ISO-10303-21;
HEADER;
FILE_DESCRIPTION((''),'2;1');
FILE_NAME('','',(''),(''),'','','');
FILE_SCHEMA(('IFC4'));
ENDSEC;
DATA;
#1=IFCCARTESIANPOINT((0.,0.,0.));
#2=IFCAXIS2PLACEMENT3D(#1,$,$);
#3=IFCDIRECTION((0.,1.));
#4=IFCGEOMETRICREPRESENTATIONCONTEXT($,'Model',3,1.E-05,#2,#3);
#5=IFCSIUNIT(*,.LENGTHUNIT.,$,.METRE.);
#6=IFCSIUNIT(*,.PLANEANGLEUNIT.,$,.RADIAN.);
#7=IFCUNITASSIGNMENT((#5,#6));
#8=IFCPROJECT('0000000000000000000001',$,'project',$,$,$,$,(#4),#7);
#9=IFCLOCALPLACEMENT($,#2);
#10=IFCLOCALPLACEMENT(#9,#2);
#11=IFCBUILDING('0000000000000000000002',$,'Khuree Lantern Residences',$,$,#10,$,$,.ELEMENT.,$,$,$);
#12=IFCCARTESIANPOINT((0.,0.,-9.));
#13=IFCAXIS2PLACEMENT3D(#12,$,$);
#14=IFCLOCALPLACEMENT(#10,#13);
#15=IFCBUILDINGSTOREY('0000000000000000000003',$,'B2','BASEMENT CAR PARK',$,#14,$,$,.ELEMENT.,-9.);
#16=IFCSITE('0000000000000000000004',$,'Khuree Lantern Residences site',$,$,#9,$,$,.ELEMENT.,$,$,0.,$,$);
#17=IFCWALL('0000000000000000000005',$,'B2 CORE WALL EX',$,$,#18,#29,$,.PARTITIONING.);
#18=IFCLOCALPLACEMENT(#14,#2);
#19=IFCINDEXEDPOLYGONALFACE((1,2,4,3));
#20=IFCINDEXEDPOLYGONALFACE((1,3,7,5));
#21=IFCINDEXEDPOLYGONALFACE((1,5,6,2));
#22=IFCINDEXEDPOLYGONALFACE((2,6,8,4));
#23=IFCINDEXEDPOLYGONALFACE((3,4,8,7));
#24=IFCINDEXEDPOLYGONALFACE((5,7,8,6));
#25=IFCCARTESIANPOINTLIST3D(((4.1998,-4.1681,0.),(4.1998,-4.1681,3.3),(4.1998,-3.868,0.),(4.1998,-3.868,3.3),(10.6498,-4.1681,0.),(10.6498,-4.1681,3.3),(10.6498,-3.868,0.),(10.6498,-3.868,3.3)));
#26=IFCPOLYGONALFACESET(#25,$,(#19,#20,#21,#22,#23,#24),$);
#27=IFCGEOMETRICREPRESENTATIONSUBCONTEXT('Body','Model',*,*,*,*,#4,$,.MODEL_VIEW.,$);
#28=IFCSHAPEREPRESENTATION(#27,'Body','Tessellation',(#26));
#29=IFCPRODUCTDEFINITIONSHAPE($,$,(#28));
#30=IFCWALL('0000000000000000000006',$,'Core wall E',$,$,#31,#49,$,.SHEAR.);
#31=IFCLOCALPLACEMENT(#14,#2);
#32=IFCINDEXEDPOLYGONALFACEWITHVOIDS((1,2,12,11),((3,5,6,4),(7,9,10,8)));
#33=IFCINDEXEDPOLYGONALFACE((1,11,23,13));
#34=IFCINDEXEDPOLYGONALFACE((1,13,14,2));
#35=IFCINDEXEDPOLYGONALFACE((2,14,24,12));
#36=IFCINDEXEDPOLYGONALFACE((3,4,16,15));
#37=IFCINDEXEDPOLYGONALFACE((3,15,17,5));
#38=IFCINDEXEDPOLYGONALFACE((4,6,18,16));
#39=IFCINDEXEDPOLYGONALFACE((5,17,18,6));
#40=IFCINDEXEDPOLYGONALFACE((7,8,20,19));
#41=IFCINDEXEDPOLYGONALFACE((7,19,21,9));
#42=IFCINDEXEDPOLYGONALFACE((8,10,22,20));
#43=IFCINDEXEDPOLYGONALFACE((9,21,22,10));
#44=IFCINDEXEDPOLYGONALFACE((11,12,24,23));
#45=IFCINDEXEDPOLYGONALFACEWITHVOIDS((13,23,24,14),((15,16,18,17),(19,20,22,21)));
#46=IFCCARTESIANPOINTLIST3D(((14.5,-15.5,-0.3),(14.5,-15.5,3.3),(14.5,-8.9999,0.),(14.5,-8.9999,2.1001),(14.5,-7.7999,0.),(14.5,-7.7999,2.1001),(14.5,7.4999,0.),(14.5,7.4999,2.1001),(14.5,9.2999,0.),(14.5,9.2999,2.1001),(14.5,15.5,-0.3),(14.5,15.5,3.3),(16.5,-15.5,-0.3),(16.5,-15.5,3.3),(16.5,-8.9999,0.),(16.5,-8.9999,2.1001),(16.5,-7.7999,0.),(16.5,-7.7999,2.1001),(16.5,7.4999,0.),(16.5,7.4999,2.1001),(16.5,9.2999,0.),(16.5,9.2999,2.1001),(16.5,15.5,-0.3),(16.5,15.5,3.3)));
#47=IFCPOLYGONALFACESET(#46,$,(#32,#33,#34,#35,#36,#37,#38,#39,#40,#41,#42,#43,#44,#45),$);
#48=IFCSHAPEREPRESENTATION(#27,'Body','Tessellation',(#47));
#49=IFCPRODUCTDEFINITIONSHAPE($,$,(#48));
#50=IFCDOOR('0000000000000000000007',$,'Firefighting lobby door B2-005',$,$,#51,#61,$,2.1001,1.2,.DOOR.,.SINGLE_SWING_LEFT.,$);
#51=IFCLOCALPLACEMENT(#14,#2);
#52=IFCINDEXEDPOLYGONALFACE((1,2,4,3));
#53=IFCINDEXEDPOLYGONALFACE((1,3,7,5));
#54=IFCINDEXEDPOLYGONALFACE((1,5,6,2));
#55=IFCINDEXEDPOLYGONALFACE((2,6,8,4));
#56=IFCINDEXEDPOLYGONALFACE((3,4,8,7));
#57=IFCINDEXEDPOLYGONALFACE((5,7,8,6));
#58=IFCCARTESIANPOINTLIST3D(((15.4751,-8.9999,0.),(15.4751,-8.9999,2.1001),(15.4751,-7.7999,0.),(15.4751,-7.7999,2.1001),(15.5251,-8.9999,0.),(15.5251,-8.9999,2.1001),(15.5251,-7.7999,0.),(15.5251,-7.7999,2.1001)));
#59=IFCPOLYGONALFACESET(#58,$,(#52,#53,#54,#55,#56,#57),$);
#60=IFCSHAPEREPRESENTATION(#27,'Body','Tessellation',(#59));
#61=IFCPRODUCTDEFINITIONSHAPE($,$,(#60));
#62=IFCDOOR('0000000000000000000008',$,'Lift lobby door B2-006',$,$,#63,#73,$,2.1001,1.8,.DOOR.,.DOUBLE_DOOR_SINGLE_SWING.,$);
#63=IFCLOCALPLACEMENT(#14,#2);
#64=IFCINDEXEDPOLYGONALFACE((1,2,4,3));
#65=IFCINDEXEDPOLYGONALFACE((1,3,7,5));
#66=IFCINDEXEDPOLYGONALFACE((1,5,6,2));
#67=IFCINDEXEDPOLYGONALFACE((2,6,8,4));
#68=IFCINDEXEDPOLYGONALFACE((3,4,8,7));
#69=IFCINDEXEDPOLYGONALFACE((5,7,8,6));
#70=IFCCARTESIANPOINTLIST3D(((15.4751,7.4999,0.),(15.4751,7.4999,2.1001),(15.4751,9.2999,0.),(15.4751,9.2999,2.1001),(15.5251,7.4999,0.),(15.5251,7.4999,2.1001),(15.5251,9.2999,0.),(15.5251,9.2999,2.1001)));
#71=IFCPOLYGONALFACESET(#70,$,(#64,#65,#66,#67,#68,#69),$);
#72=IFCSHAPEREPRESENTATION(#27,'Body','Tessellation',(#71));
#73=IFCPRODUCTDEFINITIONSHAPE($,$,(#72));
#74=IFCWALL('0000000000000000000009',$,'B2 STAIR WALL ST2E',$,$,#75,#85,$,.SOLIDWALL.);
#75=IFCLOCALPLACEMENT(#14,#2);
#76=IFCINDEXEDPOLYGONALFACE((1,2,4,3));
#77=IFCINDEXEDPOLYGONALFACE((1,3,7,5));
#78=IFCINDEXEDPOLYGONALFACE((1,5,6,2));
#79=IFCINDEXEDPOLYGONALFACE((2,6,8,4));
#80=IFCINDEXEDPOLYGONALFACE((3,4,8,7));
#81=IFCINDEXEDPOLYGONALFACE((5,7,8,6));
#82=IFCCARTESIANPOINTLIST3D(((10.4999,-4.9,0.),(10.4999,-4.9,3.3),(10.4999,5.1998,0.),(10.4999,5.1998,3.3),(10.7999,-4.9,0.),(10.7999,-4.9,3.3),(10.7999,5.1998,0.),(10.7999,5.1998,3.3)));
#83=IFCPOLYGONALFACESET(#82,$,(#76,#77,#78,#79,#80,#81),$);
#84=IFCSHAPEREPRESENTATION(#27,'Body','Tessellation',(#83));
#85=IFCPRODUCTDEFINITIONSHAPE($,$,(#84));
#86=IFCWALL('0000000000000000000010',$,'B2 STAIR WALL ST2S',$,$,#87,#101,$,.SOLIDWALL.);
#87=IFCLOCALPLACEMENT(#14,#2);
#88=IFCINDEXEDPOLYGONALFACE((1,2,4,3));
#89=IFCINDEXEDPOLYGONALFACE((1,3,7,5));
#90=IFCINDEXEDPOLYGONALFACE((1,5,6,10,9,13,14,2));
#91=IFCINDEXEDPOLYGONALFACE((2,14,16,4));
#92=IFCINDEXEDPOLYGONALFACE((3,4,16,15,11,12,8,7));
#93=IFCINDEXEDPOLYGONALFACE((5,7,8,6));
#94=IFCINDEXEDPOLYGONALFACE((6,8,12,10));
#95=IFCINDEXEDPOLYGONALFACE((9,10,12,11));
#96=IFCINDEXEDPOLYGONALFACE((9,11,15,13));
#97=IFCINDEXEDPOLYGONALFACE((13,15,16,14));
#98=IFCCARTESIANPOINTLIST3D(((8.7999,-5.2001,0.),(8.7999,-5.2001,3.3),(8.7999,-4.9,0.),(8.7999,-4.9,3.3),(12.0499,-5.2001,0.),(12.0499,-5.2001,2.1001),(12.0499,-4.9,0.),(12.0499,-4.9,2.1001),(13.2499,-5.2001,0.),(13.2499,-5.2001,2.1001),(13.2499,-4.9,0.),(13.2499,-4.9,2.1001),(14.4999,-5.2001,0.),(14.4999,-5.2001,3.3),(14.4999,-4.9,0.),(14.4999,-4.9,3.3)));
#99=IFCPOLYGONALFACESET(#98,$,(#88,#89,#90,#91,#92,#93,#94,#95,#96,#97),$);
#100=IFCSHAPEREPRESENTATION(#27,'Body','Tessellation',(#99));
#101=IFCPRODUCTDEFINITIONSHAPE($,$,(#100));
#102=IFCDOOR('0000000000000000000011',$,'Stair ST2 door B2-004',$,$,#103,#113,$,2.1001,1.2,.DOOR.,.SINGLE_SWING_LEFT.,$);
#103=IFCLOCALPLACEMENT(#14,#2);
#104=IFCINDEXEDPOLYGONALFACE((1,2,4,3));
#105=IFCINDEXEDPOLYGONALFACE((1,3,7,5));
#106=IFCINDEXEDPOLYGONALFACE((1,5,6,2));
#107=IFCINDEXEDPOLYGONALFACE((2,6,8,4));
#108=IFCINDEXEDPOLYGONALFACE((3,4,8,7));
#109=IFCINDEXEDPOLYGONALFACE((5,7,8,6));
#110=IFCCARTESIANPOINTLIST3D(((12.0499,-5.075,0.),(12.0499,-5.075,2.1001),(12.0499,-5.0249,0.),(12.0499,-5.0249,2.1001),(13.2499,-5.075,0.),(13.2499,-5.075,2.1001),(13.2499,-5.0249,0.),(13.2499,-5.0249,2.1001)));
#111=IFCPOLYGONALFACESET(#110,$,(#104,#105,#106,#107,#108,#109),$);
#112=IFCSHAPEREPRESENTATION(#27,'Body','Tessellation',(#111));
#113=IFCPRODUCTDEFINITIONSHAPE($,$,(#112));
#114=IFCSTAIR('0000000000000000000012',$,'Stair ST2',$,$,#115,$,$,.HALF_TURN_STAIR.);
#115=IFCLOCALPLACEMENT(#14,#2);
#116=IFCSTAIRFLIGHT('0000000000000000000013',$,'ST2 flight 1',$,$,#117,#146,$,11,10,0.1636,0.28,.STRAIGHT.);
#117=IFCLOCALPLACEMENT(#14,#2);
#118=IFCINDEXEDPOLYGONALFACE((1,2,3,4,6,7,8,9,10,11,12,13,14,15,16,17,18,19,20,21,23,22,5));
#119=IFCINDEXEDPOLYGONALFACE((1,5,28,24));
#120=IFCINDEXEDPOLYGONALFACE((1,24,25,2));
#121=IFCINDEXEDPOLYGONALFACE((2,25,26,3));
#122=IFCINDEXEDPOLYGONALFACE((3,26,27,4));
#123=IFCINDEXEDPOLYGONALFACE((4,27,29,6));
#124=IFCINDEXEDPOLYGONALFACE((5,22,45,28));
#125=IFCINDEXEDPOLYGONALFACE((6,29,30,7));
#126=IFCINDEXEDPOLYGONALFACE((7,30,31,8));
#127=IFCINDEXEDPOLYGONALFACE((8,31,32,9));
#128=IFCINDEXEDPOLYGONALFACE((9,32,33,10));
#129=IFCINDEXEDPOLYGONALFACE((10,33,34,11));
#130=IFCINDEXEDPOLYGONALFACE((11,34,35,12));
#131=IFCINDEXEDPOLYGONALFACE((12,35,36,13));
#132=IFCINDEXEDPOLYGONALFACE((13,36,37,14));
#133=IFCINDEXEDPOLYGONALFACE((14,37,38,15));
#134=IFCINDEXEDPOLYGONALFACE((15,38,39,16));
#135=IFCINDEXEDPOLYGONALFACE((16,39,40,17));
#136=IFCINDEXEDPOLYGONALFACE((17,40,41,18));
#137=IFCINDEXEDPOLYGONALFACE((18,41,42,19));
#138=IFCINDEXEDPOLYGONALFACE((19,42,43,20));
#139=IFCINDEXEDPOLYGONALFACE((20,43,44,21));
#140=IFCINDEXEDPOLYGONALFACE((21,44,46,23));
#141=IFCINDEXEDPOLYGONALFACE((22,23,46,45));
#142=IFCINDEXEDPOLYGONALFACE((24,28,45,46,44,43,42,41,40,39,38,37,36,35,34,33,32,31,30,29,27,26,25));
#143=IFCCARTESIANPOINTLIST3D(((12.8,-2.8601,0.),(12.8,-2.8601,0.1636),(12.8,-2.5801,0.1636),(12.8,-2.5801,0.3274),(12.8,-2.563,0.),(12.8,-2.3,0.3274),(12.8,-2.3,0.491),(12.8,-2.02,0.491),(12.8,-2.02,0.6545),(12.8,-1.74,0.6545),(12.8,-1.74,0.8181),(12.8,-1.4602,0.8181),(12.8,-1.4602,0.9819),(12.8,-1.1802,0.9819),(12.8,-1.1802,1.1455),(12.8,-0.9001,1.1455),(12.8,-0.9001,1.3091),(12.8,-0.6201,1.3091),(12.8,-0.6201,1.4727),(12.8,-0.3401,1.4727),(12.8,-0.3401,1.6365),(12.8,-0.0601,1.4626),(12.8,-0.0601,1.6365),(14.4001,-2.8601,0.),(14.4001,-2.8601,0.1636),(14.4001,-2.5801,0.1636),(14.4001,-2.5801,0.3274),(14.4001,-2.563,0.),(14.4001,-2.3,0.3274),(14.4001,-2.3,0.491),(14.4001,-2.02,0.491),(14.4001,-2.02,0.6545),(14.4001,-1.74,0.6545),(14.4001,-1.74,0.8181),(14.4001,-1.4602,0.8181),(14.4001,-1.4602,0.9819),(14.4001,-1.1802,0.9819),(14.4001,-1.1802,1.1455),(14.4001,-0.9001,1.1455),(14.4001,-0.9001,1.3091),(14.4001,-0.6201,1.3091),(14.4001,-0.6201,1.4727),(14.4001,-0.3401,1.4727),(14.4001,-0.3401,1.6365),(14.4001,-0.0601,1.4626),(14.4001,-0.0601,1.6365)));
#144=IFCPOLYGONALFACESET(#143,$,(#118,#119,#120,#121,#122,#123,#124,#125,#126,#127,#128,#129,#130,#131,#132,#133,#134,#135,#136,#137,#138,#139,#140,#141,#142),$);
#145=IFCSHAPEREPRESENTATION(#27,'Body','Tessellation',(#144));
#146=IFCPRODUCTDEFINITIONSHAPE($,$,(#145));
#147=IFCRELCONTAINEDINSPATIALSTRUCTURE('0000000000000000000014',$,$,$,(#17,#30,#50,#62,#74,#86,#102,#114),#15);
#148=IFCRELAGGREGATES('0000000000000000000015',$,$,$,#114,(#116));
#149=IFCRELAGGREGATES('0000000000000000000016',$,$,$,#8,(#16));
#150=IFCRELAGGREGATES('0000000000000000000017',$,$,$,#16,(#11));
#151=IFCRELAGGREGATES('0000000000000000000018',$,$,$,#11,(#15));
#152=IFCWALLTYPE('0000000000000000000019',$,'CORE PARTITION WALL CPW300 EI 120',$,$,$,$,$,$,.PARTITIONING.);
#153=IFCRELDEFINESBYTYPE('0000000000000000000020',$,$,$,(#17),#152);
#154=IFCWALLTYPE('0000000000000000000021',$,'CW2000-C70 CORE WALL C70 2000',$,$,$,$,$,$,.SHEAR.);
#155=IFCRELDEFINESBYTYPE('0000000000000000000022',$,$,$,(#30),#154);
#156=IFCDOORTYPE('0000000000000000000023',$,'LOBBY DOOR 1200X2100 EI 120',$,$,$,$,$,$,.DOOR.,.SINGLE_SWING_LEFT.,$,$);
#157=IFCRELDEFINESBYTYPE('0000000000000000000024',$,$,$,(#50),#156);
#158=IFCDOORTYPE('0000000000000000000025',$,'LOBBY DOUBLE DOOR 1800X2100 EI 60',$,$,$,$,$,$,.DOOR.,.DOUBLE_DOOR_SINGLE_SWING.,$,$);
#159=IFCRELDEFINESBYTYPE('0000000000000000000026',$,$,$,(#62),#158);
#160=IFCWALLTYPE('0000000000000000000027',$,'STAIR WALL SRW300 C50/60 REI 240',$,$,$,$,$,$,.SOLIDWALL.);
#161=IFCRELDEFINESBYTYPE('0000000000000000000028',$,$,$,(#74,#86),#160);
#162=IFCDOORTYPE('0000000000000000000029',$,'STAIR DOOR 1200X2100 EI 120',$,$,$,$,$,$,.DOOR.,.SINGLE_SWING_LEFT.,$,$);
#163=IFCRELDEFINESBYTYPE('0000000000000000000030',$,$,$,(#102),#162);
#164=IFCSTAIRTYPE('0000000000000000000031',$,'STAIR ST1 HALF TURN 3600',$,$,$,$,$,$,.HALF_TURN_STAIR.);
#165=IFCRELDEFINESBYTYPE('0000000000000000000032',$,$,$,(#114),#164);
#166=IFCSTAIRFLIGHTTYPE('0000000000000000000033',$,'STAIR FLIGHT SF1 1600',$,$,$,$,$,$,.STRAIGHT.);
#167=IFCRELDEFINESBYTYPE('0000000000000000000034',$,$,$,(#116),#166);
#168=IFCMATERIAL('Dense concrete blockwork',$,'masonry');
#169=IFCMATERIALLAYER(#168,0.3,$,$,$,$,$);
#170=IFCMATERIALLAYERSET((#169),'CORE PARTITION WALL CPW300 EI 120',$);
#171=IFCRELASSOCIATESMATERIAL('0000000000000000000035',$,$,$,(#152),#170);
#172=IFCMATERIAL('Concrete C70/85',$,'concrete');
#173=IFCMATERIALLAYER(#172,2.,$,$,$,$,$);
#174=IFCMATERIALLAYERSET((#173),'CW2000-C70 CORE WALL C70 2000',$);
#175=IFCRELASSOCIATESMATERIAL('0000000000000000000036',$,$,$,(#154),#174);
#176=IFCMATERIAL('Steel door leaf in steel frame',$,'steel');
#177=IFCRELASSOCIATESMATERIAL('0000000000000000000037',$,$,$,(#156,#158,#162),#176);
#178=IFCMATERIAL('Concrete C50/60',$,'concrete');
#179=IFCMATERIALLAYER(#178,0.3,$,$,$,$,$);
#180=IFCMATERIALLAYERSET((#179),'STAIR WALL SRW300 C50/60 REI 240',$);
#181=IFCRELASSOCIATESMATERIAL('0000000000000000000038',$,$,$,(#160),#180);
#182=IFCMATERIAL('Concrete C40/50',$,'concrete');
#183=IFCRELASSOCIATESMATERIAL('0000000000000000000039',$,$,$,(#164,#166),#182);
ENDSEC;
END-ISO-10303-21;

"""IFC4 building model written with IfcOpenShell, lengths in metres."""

from ifc_helpers import new_model, si_unit, direction, frame, frame_2d, origin, place, context, subcontext, project, spatial, polyline, rectangle, outline, extrude, material, layer, layer_set, type_object, element, fill, aggregate, save


model = new_model("IFC4")

# Units and contexts
model_context = context("Model", 3, precision=1e-05, world=origin(), true_north=direction((0.0, 1.0)))
body_context = subcontext(model_context, "Body", "Model", "MODEL_VIEW")
ifc_project = project(units=[si_unit("LENGTHUNIT", "METRE"), si_unit("PLANEANGLEUNIT", "RADIAN")], contexts=[model_context])

# Site, building, storey
site_placement = place(None, origin())
site = spatial("IfcSite", under=ifc_project, at=site_placement, Name="Khuree Lantern Residences site", CompositionType="ELEMENT", RefElevation=0.0)
building_placement = place(site_placement, origin())
building = spatial("IfcBuilding", under=site, at=building_placement, Name="Khuree Lantern Residences", CompositionType="ELEMENT")
storey_placement = place(building_placement, frame((0.0, 0.0, -9.0)))
storey = spatial("IfcBuildingStorey", under=building, at=storey_placement, Name="B2", Description="BASEMENT CAR PARK", CompositionType="ELEMENT", Elevation=-9.0)

# Shared definitions
ifc_material_1 = material(Name="Concrete C70/85", Category="concrete")

# Shared definitions
ifc_material_2 = material(Name="Dense concrete blockwork", Category="masonry")
ifc_layer_1 = layer(ifc_material_2, 0.3)
ifc_layer_set_1 = layer_set([ifc_layer_1], Name="CORE PARTITION WALL CPW300 EI 120")
wall_type_1 = type_object("IfcWallType", Name="CORE PARTITION WALL CPW300 EI 120", PredefinedType="PARTITIONING", material=ifc_layer_set_1)

# Wall
wall_1_placement = place(storey_placement, frame((10.6499, -4.0181, 0.0), z_axis=(0.0, 0.0, 1.0), x_axis=(-1.0, 0.0, 0.0)))
element("IfcWall", 1, at=wall_1_placement, inside=storey, type_object=wall_type_1, Name="B2 CORE WALL EX", PredefinedType="PARTITIONING", context=body_context, shape_type="SweptSolid", body=[
    extrude(rectangle(XDim=6.45, YDim=0.3, at=frame_2d((3.2251, 0.0))), origin(), (0.0, 0.0, 1.0), 3.3),
])

# Wall, openings, doors
ifc_layer_2 = layer(ifc_material_1, 2.0)
ifc_layer_set_2 = layer_set([ifc_layer_2], Name="CW2000-C70 CORE WALL C70 2000")
wall_type_2 = type_object("IfcWallType", Name="CW2000-C70 CORE WALL C70 2000", PredefinedType="SHEAR", material=ifc_layer_set_2)
wall_2_placement = place(storey_placement, frame((15.5, -15.5, -0.3), z_axis=(0.0, 0.0, 1.0), x_axis=(0.0, 1.0, 0.0)))
wall_2 = element("IfcWall", 2, at=wall_2_placement, inside=storey, type_object=wall_type_2, Name="Core wall E", PredefinedType="SHEAR", context=body_context, shape_type="SweptSolid", body=[
    extrude(rectangle(XDim=31.0, YDim=2.0, at=frame_2d((15.5, 0.0))), origin(), (0.0, 0.0, 1.0), 3.6001),
])
opening_1_placement = place(wall_2_placement, frame((6.5, 0.0, 0.3)))
opening_1 = element("IfcOpeningElement", 3, at=opening_1_placement, cuts=wall_2, PredefinedType="OPENING", context=body_context, shape_type="SweptSolid", body=[
    extrude(rectangle(XDim=1.2, YDim=2.1001, at=frame_2d((0.6001, 1.05))), frame((0.0, 1.01, 0.0), z_axis=(0.0, -1.0, 0.0), x_axis=(1.0, 0.0, 0.0)), (0.0, 0.0, 1.0), 2.02),
])
opening_2_placement = place(wall_2_placement, frame((23.0, 0.0, 0.3)))
opening_2 = element("IfcOpeningElement", 4, at=opening_2_placement, cuts=wall_2, PredefinedType="OPENING", context=body_context, shape_type="SweptSolid", body=[
    extrude(rectangle(XDim=1.8, YDim=2.1001, at=frame_2d((0.8999, 1.05))), frame((0.0, 1.01, 0.0), z_axis=(0.0, -1.0, 0.0), x_axis=(1.0, 0.0, 0.0)), (0.0, 0.0, 1.0), 2.02),
])
ifc_material_3 = material(Name="Steel door leaf in steel frame", Category="steel")
door_type_1 = type_object("IfcDoorType", Name="LOBBY DOOR 1200X2100 EI 120", OperationType="SINGLE_SWING_LEFT", PredefinedType="DOOR", material=ifc_material_3)
door_1_placement = place(opening_1_placement, origin())
door_1 = element("IfcDoor", 5, at=door_1_placement, inside=storey, type_object=door_type_1, Name="Firefighting lobby door B2-005", OperationType="SINGLE_SWING_LEFT", OverallHeight=2.1001, OverallWidth=1.2, PredefinedType="DOOR", context=body_context, shape_type="SweptSolid", body=[
    extrude(rectangle(XDim=1.2, YDim=2.1001, at=frame_2d((0.6001, 1.05))), frame((0.0, 0.0249, 0.0), z_axis=(0.0, -1.0, 0.0), x_axis=(1.0, 0.0, 0.0)), (0.0, 0.0, 1.0), 0.05),
])
fill(opening_1, door_1)
door_type_2 = type_object("IfcDoorType", Name="LOBBY DOUBLE DOOR 1800X2100 EI 60", OperationType="DOUBLE_DOOR_SINGLE_SWING", PredefinedType="DOOR", material=ifc_material_3)
door_2_placement = place(opening_2_placement, origin())
door_2 = element("IfcDoor", 6, at=door_2_placement, inside=storey, type_object=door_type_2, Name="Lift lobby door B2-006", OperationType="DOUBLE_DOOR_SINGLE_SWING", OverallHeight=2.1001, OverallWidth=1.8, PredefinedType="DOOR", context=body_context, shape_type="SweptSolid", body=[
    extrude(rectangle(XDim=1.8, YDim=2.1001, at=frame_2d((0.8999, 1.05))), frame((0.0, 0.0249, 0.0), z_axis=(0.0, -1.0, 0.0), x_axis=(1.0, 0.0, 0.0)), (0.0, 0.0, 1.0), 0.05),
])
fill(opening_2, door_2)

# Wall
ifc_material_4 = material(Name="Concrete C50/60", Category="concrete")
ifc_layer_3 = layer(ifc_material_4, 0.3)
ifc_layer_set_3 = layer_set([ifc_layer_3], Name="STAIR WALL SRW300 C50/60 REI 240")
wall_type_3 = type_object("IfcWallType", Name="STAIR WALL SRW300 C50/60 REI 240", PredefinedType="SOLIDWALL", material=ifc_layer_set_3)
wall_3_placement = place(storey_placement, frame((10.6499, -4.8999, 0.0), z_axis=(0.0, 0.0, 1.0), x_axis=(0.0, 1.0, 0.0)))
element("IfcWall", 7, at=wall_3_placement, inside=storey, type_object=wall_type_3, Name="B2 STAIR WALL ST2E", PredefinedType="SOLIDWALL", context=body_context, shape_type="SweptSolid", body=[
    extrude(rectangle(XDim=10.0999, YDim=0.3, at=frame_2d((5.0498, 0.0))), origin(), (0.0, 0.0, 1.0), 3.3),
])

# Wall, opening, door
wall_4_placement = place(storey_placement, frame((14.5, -5.05, 0.0), z_axis=(0.0, 0.0, 1.0), x_axis=(-1.0, 0.0, 0.0)))
wall_4 = element("IfcWall", 8, at=wall_4_placement, inside=storey, type_object=wall_type_3, Name="B2 STAIR WALL ST2S", PredefinedType="SOLIDWALL", context=body_context, shape_type="SweptSolid", body=[
    extrude(rectangle(XDim=5.7, YDim=0.3, at=frame_2d((2.8501, 0.0))), origin(), (0.0, 0.0, 1.0), 3.3),
])
opening_3_placement = place(wall_4_placement, frame((1.25, 0.0, 0.0)))
opening_3 = element("IfcOpeningElement", 9, at=opening_3_placement, cuts=wall_4, PredefinedType="OPENING", context=body_context, shape_type="SweptSolid", body=[
    extrude(rectangle(XDim=1.2, YDim=2.1001, at=frame_2d((0.6001, 1.05))), frame((0.0, 0.1602, 0.0), z_axis=(0.0, -1.0, 0.0), x_axis=(1.0, 0.0, 0.0)), (0.0, 0.0, 1.0), 0.3201),
])
door_type_3 = type_object("IfcDoorType", Name="STAIR DOOR 1200X2100 EI 120", OperationType="SINGLE_SWING_LEFT", PredefinedType="DOOR", material=ifc_material_3)
door_3_placement = place(opening_3_placement, origin())
door_3 = element("IfcDoor", 10, at=door_3_placement, inside=storey, type_object=door_type_3, Name="Stair ST2 door B2-004", OperationType="SINGLE_SWING_LEFT", OverallHeight=2.1001, OverallWidth=1.2, PredefinedType="DOOR", context=body_context, shape_type="SweptSolid", body=[
    extrude(rectangle(XDim=1.2, YDim=2.1001, at=frame_2d((0.6001, 1.05))), frame((0.0, 0.0249, 0.0), z_axis=(0.0, -1.0, 0.0), x_axis=(1.0, 0.0, 0.0)), (0.0, 0.0, 1.0), 0.05),
])
fill(opening_3, door_3)

# Stair, stair flight
ifc_material_5 = material(Name="Concrete C40/50", Category="concrete")
stair_type = type_object("IfcStairType", Name="STAIR ST1 HALF TURN 3600", PredefinedType="HALF_TURN_STAIR", material=ifc_material_5)
stair_placement = place(storey_placement, origin())
stair = element("IfcStair", 11, at=stair_placement, inside=storey, type_object=stair_type, Name="Stair ST2", PredefinedType="HALF_TURN_STAIR")
stair_flight_type = type_object("IfcStairFlightType", Name="STAIR FLIGHT SF1 1600", PredefinedType="STRAIGHT", material=ifc_material_5)
stair_flight_1_placement = place(storey_placement, frame((13.6001, -2.8601, 0.0), z_axis=(0.0, 0.0, 1.0), x_axis=(0.0, 1.0, 0.0)))
stair_flight_1 = element("IfcStairFlight", 12, at=stair_flight_1_placement, type_object=stair_flight_type, Name="ST2 flight 1", NumberOfRisers=11, NumberOfTreads=10, PredefinedType="STRAIGHT", RiserHeight=0.1636, TreadLength=0.28, context=body_context, shape_type="SweptSolid", body=[
    extrude(outline(polyline([(0.0, 0.0), (0.0, 0.1636), (0.28, 0.1636), (0.28, 0.3274), (0.5601, 0.3274), (0.5601, 0.491), (0.8401, 0.491), (0.8401, 0.6545), (1.1201, 0.6545), (1.1201, 0.8181), (1.3999, 0.8181), (1.3999, 0.9819), (1.6799, 0.9819), (1.6799, 1.1455), (1.96, 1.1455), (1.96, 1.3091), (2.24, 1.3091), (2.24, 1.4727), (2.52, 1.4727), (2.52, 1.6365), (2.8, 1.6365), (2.8, 1.8), (2.8, 1.4626), (0.2971, 0.0), (0.0, 0.0)])), frame((0.0, 0.8, 0.0), z_axis=(0.0, -1.0, 0.0), x_axis=(1.0, 0.0, 0.0)), (0.0, 0.0, 1.0), 1.6001),
])
aggregate(stair, [stair_flight_1])

save(model, "model.ifc")
